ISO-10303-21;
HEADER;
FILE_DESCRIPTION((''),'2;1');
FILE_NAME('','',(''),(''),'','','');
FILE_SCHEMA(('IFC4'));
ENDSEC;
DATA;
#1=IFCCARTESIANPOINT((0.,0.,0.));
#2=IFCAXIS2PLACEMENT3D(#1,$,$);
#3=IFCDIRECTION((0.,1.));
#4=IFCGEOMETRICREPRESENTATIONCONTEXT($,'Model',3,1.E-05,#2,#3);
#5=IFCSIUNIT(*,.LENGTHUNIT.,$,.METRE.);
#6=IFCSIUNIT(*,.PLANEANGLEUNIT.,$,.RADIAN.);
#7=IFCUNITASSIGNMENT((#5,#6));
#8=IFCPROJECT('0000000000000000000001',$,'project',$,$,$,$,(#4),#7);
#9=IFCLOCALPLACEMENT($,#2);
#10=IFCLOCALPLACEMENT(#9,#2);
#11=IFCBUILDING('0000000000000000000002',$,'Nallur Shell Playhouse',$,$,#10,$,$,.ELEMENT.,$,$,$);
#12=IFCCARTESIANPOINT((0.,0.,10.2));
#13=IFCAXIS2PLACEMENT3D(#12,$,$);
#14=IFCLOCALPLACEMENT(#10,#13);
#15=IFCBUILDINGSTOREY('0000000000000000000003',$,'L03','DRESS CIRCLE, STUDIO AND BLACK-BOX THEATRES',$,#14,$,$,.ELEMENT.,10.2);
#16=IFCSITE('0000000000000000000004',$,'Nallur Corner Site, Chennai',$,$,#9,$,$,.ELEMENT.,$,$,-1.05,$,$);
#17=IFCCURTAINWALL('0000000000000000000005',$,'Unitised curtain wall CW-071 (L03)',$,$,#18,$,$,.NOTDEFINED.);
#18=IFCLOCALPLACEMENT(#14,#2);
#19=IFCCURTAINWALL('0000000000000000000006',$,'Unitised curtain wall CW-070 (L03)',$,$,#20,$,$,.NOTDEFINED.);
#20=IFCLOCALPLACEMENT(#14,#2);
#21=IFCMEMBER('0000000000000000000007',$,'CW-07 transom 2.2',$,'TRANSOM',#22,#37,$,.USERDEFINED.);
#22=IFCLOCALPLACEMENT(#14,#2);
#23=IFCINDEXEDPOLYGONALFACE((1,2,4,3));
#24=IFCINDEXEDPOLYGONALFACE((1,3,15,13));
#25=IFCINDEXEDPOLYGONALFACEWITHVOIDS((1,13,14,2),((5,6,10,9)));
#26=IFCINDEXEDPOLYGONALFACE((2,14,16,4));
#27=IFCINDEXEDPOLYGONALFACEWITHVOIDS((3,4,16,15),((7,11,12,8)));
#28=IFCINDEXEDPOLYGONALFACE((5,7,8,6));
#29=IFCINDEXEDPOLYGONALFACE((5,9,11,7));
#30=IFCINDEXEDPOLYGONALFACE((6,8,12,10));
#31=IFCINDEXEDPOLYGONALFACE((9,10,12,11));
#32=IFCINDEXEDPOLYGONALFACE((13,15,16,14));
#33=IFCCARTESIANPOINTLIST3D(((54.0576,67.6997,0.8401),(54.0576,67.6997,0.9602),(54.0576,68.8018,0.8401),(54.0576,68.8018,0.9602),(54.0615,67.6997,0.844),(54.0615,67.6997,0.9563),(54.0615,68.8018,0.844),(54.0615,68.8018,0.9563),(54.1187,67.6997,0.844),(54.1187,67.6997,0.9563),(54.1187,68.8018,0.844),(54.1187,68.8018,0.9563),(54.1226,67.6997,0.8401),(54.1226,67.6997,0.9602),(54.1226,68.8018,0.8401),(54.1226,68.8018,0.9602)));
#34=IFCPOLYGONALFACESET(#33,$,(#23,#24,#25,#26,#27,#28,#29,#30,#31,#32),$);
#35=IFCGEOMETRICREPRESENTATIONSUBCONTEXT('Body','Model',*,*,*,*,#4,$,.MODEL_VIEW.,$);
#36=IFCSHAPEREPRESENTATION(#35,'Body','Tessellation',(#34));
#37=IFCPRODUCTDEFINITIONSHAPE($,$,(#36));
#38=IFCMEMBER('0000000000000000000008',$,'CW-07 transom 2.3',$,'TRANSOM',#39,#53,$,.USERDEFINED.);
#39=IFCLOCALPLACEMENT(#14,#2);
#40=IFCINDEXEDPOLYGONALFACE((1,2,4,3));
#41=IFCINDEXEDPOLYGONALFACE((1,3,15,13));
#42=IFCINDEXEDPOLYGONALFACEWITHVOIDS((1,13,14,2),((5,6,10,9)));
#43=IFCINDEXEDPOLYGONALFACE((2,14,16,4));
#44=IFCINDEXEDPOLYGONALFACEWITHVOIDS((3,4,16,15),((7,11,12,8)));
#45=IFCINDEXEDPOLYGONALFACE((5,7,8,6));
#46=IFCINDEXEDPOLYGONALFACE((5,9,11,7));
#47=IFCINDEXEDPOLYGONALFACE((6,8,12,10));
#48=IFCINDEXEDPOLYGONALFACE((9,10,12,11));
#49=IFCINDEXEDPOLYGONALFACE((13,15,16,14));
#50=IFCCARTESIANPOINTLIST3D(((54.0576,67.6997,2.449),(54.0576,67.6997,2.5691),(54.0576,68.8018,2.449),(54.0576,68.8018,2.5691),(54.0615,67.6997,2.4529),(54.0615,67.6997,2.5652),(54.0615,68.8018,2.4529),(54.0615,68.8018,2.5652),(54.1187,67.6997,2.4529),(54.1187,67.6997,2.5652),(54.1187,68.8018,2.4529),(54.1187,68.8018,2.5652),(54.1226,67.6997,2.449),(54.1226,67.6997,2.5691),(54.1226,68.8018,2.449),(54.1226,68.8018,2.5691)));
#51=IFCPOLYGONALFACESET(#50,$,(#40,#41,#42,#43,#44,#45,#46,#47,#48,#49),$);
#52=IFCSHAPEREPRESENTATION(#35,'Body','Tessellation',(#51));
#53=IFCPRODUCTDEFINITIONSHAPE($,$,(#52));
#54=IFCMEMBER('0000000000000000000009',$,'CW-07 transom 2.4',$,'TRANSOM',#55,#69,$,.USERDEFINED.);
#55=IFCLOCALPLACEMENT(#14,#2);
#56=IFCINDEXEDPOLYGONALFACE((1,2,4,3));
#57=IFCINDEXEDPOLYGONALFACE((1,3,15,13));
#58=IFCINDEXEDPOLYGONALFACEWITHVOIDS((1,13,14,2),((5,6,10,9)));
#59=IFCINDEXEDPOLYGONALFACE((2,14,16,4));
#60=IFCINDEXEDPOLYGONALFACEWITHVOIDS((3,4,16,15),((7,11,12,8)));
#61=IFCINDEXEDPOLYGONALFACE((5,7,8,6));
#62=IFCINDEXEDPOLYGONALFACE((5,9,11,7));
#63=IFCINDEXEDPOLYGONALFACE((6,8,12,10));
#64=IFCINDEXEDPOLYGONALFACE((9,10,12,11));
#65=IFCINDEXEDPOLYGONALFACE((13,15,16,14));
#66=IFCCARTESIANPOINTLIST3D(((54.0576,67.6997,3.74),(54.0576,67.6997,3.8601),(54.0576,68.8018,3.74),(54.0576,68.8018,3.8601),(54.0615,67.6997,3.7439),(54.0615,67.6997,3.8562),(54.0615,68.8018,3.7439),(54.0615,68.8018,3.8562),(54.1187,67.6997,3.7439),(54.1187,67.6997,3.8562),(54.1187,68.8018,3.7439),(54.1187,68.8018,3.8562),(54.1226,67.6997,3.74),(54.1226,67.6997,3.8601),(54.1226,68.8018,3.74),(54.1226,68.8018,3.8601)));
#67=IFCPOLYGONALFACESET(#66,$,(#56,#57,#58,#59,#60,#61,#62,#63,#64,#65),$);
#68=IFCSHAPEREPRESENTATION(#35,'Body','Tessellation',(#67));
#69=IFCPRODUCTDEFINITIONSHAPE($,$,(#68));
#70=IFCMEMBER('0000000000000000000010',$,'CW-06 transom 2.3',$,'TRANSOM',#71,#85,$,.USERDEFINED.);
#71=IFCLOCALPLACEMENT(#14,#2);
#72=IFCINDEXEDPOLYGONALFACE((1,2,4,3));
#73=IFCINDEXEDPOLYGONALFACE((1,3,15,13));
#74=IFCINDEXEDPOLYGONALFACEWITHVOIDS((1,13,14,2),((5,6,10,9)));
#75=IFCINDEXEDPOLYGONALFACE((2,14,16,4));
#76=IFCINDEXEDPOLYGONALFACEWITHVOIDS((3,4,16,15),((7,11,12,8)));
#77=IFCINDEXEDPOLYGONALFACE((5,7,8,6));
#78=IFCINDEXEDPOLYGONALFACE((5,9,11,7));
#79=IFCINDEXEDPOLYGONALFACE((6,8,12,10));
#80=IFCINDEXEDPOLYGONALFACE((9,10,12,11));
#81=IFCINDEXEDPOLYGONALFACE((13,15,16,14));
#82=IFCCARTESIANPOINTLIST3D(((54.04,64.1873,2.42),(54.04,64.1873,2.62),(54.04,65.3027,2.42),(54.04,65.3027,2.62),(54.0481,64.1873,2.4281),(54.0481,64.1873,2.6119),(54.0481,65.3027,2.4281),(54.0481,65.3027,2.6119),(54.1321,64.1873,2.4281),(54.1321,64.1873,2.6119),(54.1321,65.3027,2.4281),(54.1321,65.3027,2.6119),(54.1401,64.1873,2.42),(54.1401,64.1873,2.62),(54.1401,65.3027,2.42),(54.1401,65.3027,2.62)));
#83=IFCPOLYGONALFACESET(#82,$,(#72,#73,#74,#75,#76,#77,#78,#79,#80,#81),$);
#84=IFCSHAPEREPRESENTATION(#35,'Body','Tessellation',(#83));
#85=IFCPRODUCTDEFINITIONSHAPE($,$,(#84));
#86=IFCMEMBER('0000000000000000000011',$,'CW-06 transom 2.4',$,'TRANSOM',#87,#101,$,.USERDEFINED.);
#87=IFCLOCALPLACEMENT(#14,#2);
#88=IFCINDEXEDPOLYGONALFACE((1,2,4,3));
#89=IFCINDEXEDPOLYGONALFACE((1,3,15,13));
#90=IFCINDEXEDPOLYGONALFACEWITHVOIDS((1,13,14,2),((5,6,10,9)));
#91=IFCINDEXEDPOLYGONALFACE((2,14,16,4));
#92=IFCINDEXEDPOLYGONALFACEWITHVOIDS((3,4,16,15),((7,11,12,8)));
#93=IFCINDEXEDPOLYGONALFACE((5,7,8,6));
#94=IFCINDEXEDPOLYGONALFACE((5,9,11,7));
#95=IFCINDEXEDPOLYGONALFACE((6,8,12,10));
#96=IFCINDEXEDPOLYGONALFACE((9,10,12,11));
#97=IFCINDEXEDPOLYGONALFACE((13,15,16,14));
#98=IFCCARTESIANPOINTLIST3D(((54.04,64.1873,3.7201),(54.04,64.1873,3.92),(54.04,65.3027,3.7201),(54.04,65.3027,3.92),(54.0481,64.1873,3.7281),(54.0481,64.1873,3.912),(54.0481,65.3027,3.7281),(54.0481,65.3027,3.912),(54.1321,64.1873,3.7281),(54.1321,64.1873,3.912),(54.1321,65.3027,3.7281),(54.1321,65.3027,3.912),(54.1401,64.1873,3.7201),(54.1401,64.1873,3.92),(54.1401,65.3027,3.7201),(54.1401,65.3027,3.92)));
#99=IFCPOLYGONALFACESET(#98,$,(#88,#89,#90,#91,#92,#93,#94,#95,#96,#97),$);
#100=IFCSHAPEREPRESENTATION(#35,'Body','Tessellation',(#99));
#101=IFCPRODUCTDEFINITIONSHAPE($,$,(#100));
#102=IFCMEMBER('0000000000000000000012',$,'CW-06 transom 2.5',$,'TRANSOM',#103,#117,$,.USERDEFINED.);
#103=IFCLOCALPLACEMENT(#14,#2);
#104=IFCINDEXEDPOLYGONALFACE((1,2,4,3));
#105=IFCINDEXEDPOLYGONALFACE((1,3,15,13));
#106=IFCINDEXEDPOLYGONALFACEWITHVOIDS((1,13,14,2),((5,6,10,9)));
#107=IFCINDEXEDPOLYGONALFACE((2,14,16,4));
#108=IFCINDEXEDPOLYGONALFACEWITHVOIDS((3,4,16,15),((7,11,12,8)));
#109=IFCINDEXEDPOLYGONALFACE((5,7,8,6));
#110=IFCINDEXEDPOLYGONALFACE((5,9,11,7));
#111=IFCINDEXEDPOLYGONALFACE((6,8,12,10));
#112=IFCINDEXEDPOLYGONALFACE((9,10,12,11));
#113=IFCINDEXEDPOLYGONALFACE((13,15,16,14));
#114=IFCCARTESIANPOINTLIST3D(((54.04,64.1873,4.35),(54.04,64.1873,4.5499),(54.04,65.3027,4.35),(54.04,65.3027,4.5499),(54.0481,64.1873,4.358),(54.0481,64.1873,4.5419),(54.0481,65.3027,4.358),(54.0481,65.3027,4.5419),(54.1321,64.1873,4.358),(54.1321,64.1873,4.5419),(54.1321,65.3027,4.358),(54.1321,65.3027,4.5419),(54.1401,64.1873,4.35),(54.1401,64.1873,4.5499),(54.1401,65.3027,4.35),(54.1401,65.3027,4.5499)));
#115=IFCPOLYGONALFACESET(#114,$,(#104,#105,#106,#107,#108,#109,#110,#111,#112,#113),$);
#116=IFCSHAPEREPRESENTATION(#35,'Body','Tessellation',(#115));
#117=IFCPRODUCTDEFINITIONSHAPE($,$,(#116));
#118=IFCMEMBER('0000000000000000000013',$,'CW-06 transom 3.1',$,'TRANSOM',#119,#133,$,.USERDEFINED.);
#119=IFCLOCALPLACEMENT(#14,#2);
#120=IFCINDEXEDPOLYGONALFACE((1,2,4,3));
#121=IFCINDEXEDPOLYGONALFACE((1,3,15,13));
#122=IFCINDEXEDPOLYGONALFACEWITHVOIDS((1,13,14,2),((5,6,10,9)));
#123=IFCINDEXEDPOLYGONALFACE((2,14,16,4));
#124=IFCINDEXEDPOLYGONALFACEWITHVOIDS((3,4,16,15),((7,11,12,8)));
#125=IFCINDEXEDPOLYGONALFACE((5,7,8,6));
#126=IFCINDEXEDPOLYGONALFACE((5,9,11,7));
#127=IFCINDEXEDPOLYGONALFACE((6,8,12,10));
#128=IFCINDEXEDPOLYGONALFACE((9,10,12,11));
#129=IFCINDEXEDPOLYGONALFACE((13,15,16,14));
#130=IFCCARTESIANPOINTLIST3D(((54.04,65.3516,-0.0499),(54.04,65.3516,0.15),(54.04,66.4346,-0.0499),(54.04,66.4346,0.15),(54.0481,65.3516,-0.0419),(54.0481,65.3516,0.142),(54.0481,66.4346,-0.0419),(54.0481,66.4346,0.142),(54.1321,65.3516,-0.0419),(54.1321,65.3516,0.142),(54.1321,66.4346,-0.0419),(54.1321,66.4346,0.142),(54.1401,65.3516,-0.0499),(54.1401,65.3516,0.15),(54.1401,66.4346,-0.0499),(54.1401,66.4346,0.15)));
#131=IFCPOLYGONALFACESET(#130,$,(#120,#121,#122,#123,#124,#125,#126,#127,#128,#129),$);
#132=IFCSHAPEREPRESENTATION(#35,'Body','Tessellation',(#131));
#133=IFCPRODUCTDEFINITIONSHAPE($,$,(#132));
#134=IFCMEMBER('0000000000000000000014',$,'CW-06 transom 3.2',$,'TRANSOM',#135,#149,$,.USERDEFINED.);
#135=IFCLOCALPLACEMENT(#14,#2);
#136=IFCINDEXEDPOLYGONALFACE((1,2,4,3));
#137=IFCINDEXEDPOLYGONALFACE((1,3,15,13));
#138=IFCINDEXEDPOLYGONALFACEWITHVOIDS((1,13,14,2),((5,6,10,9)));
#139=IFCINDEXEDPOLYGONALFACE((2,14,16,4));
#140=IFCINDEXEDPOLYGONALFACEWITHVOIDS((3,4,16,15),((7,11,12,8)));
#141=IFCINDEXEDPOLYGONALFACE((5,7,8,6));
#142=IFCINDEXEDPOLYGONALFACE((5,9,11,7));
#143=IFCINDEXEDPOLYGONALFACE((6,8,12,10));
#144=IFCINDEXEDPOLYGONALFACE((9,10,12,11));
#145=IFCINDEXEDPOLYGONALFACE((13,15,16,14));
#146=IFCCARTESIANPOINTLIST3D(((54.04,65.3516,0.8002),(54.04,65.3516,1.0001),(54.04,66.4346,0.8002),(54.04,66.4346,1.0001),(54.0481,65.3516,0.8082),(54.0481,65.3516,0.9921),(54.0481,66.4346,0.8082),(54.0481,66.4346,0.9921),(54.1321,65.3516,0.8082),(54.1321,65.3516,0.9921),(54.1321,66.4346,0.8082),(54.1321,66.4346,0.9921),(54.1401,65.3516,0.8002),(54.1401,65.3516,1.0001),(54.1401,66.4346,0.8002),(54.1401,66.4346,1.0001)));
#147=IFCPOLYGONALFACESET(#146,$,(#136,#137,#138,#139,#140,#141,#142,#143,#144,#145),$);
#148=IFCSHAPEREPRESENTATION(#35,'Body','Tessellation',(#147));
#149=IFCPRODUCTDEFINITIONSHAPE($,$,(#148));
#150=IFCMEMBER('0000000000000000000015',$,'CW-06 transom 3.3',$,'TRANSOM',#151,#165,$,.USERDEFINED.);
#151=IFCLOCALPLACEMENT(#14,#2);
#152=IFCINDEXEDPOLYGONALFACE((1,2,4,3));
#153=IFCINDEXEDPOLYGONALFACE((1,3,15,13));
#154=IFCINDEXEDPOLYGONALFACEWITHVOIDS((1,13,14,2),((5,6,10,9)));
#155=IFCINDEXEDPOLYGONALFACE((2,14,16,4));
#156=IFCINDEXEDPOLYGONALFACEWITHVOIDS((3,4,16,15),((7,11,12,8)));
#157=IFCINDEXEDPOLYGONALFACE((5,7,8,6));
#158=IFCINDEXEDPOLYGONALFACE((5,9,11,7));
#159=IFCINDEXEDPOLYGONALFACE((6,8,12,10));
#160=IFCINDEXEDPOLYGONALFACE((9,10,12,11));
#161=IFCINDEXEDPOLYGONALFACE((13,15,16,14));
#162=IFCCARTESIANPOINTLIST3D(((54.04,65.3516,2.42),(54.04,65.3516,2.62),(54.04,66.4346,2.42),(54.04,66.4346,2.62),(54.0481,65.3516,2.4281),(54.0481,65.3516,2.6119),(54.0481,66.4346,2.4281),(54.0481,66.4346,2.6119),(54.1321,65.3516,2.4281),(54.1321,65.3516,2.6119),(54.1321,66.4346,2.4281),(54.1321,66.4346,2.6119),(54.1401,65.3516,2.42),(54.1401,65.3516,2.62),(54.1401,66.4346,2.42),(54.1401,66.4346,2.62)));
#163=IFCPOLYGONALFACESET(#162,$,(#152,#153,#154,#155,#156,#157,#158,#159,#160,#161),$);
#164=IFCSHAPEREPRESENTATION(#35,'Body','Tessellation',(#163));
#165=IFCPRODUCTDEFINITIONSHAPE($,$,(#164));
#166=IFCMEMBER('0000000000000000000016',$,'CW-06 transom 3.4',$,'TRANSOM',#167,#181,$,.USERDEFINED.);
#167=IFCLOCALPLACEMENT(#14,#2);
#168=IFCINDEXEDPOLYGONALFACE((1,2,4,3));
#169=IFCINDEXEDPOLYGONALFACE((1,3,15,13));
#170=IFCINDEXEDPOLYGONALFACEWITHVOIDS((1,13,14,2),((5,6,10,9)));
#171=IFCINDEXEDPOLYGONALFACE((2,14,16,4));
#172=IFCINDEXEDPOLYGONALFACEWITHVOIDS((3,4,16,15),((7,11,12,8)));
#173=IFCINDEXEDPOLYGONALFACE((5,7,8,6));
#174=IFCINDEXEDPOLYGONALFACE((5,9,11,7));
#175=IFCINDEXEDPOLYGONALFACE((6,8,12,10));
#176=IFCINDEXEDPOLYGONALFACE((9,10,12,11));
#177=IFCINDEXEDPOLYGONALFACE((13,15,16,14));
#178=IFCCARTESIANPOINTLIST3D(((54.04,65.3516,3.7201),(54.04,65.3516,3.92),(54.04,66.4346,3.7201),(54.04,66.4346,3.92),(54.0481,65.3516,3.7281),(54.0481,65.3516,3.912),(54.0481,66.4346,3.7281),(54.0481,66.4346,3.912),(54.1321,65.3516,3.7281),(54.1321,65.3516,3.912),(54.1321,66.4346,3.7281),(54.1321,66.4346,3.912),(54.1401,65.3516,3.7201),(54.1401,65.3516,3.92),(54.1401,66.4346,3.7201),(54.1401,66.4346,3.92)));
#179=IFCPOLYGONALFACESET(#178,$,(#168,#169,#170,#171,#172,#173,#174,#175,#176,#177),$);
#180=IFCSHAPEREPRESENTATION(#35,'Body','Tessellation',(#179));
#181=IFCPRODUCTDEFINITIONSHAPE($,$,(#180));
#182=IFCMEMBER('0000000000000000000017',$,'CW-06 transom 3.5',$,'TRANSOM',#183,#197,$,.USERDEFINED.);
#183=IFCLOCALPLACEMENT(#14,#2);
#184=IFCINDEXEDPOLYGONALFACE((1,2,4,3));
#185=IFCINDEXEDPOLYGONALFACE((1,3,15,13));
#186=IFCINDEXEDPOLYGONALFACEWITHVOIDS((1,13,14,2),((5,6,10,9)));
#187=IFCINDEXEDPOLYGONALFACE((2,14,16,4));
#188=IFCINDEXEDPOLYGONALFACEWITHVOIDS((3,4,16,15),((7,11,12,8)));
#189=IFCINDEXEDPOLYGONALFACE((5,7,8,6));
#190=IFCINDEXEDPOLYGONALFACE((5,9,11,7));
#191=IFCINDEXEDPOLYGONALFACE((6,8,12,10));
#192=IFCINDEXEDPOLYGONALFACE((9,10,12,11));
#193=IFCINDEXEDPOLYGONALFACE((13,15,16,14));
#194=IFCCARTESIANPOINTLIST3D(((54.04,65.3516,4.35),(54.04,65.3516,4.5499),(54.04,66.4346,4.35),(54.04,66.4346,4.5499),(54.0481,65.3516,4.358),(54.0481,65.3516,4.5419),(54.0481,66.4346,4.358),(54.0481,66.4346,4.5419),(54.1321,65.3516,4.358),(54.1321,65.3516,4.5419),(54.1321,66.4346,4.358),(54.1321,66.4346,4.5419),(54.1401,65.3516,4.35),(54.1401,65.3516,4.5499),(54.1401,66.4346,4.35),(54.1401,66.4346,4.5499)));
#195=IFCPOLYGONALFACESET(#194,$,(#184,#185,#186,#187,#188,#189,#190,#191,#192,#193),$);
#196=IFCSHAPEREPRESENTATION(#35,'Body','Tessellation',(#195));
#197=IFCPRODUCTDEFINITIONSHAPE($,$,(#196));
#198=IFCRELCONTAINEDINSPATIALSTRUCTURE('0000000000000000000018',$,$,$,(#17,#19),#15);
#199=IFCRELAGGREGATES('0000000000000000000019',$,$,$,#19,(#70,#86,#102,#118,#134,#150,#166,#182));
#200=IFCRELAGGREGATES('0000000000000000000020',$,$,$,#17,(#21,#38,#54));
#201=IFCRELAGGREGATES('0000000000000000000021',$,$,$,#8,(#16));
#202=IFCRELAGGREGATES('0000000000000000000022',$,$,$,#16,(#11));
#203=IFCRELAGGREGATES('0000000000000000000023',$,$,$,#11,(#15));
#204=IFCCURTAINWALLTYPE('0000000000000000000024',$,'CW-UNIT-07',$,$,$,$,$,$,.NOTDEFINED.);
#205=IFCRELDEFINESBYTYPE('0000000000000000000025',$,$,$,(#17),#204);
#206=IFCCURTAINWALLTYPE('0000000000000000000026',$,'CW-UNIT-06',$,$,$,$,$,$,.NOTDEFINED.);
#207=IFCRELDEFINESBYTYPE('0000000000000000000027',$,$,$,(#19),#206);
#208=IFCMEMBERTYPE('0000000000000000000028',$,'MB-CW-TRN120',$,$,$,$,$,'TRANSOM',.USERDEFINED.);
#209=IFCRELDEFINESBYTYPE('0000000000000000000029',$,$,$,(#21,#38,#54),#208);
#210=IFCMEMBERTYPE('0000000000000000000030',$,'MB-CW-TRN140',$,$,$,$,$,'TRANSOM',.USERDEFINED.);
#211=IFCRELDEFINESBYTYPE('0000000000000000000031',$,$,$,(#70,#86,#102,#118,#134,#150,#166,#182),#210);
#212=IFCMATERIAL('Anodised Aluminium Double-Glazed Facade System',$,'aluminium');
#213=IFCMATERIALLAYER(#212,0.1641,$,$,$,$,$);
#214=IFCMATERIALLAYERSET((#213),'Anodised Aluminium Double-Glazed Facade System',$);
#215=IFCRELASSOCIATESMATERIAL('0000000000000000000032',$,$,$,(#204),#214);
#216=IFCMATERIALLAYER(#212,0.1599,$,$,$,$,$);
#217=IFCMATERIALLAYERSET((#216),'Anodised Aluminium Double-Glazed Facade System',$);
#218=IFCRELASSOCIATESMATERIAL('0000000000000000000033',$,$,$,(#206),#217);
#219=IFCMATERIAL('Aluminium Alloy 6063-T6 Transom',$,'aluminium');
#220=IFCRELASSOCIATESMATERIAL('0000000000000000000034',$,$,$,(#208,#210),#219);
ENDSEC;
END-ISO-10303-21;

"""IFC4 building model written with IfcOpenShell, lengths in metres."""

from ifc_helpers import new_model, si_unit, direction, frame, origin, origin_2d, place, context, subcontext, project, spatial, hollow_rectangle, extrude, material, layer, layer_set, material_profile, profile_set, type_object, element, aggregate, save


model = new_model("IFC4")

# Units and contexts
model_context = context("Model", 3, precision=1e-05, world=origin(), true_north=direction((0.0, 1.0)))
body_context = subcontext(model_context, "Body", "Model", "MODEL_VIEW")
ifc_project = project(units=[si_unit("LENGTHUNIT", "METRE"), si_unit("PLANEANGLEUNIT", "RADIAN")], contexts=[model_context])

# Site, building, storey
site_placement = place(None, origin())
site = spatial("IfcSite", under=ifc_project, at=site_placement, Name="Nallur Corner Site, Chennai", CompositionType="ELEMENT", RefElevation=-1.05)
building_placement = place(site_placement, origin())
building = spatial("IfcBuilding", under=site, at=building_placement, Name="Nallur Shell Playhouse", CompositionType="ELEMENT")
storey_placement = place(building_placement, frame((0.0, 0.0, 10.2)))
storey = spatial("IfcBuildingStorey", under=building, at=storey_placement, Name="L03", Description="DRESS CIRCLE, STUDIO AND BLACK-BOX THEATRES", CompositionType="ELEMENT", Elevation=10.2)

# Curtain walls
ifc_material_1 = material(Name="Anodised Aluminium Double-Glazed Facade System", Category="aluminium")
ifc_layer_1 = layer(ifc_material_1, 0.1641)
ifc_layer_set_1 = layer_set([ifc_layer_1], Name="Anodised Aluminium Double-Glazed Facade System")
curtain_wall_type_1 = type_object("IfcCurtainWallType", Name="CW-UNIT-07", PredefinedType="NOTDEFINED", material=ifc_layer_set_1)
curtain_wall_1_placement = place(storey_placement, origin())
curtain_wall_1 = element("IfcCurtainWall", 1, at=curtain_wall_1_placement, inside=storey, type_object=curtain_wall_type_1, Name="Unitised curtain wall CW-071 (L03)", PredefinedType="NOTDEFINED")
ifc_layer_2 = layer(ifc_material_1, 0.1599)
ifc_layer_set_2 = layer_set([ifc_layer_2], Name="Anodised Aluminium Double-Glazed Facade System")
curtain_wall_type_2 = type_object("IfcCurtainWallType", Name="CW-UNIT-06", PredefinedType="NOTDEFINED", material=ifc_layer_set_2)
curtain_wall_2_placement = place(storey_placement, origin())
curtain_wall_2 = element("IfcCurtainWall", 2, at=curtain_wall_2_placement, inside=storey, type_object=curtain_wall_type_2, Name="Unitised curtain wall CW-070 (L03)", PredefinedType="NOTDEFINED")

# Members
ifc_material_2 = material(Name="Aluminium Alloy 6063-T6 Transom", Category="aluminium")
ifc_material_profile_1 = material_profile(ifc_material_2, hollow_rectangle(XDim=0.0649, YDim=0.1201, WallThickness=0.0039, at=origin_2d()), Name="ALU 65x120x4")
ifc_profile_set_1 = profile_set([ifc_material_profile_1], Name="Aluminium Alloy 6063-T6 Transom")
member_type_1 = type_object("IfcMemberType", Name="MB-CW-TRN120", ElementType="TRANSOM", PredefinedType="USERDEFINED", material=ifc_profile_set_1)
member_1_placement = place(storey_placement, frame((54.0901, 67.6997, 0.9001), z_axis=(0.0, 1.0, 0.0), x_axis=(-1.0, 0.0, 0.0)))
member_1 = element("IfcMember", 3, at=member_1_placement, type_object=member_type_1, Name="CW-07 transom 2.2", ObjectType="TRANSOM", PredefinedType="USERDEFINED", context=body_context, shape_type="SweptSolid", body=[
    extrude(hollow_rectangle(XDim=0.0649, YDim=0.1201, WallThickness=0.0039, at=origin_2d()), origin(), (0.0, 0.0, 1.0), 1.1021),
])
member_2_placement = place(storey_placement, frame((54.0901, 67.6997, 2.509), z_axis=(0.0, 1.0, 0.0), x_axis=(-1.0, 0.0, 0.0)))
member_2 = element("IfcMember", 4, at=member_2_placement, type_object=member_type_1, Name="CW-07 transom 2.3", ObjectType="TRANSOM", PredefinedType="USERDEFINED", context=body_context, shape_type="SweptSolid", body=[
    extrude(hollow_rectangle(XDim=0.0649, YDim=0.1201, WallThickness=0.0039, at=origin_2d()), origin(), (0.0, 0.0, 1.0), 1.1021),
])
member_3_placement = place(storey_placement, frame((54.0901, 67.6997, 3.8), z_axis=(0.0, 1.0, 0.0), x_axis=(-1.0, 0.0, 0.0)))
member_3 = element("IfcMember", 5, at=member_3_placement, type_object=member_type_1, Name="CW-07 transom 2.4", ObjectType="TRANSOM", PredefinedType="USERDEFINED", context=body_context, shape_type="SweptSolid", body=[
    extrude(hollow_rectangle(XDim=0.0649, YDim=0.1201, WallThickness=0.0039, at=origin_2d()), origin(), (0.0, 0.0, 1.0), 1.1021),
])
ifc_material_profile_2 = material_profile(ifc_material_2, hollow_rectangle(XDim=0.1001, YDim=0.2, WallThickness=0.0081, at=origin_2d()), Name="RHS 200x100x8")
ifc_profile_set_2 = profile_set([ifc_material_profile_2], Name="Aluminium Alloy 6063-T6 Transom")
member_type_2 = type_object("IfcMemberType", Name="MB-CW-TRN140", ElementType="TRANSOM", PredefinedType="USERDEFINED", material=ifc_profile_set_2)
member_4_placement = place(storey_placement, frame((54.0901, 64.1873, 2.52), z_axis=(0.0, 1.0, 0.0), x_axis=(-1.0, 0.0, 0.0)))
member_4 = element("IfcMember", 6, at=member_4_placement, type_object=member_type_2, Name="CW-06 transom 2.3", ObjectType="TRANSOM", PredefinedType="USERDEFINED", context=body_context, shape_type="SweptSolid", body=[
    extrude(hollow_rectangle(XDim=0.1001, YDim=0.2, WallThickness=0.0081, at=origin_2d()), origin(), (0.0, 0.0, 1.0), 1.1155),
])
member_5_placement = place(storey_placement, frame((54.0901, 64.1873, 3.8201), z_axis=(0.0, 1.0, 0.0), x_axis=(-1.0, 0.0, 0.0)))
member_5 = element("IfcMember", 7, at=member_5_placement, type_object=member_type_2, Name="CW-06 transom 2.4", ObjectType="TRANSOM", PredefinedType="USERDEFINED", context=body_context, shape_type="SweptSolid", body=[
    extrude(hollow_rectangle(XDim=0.1001, YDim=0.2, WallThickness=0.0081, at=origin_2d()), origin(), (0.0, 0.0, 1.0), 1.1155),
])
member_6_placement = place(storey_placement, frame((54.0901, 64.1873, 4.45), z_axis=(0.0, 1.0, 0.0), x_axis=(-1.0, 0.0, 0.0)))
member_6 = element("IfcMember", 8, at=member_6_placement, type_object=member_type_2, Name="CW-06 transom 2.5", ObjectType="TRANSOM", PredefinedType="USERDEFINED", context=body_context, shape_type="SweptSolid", body=[
    extrude(hollow_rectangle(XDim=0.1001, YDim=0.2, WallThickness=0.0081, at=origin_2d()), origin(), (0.0, 0.0, 1.0), 1.1155),
])
member_7_placement = place(storey_placement, frame((54.0901, 65.3516, 0.05), z_axis=(0.0, 1.0, 0.0), x_axis=(-1.0, 0.0, 0.0)))
member_7 = element("IfcMember", 9, at=member_7_placement, type_object=member_type_2, Name="CW-06 transom 3.1", ObjectType="TRANSOM", PredefinedType="USERDEFINED", context=body_context, shape_type="SweptSolid", body=[
    extrude(hollow_rectangle(XDim=0.1001, YDim=0.2, WallThickness=0.0081, at=origin_2d()), origin(), (0.0, 0.0, 1.0), 1.083),
])
member_8_placement = place(storey_placement, frame((54.0901, 65.3516, 0.9001), z_axis=(0.0, 1.0, 0.0), x_axis=(-1.0, 0.0, 0.0)))
member_8 = element("IfcMember", 10, at=member_8_placement, type_object=member_type_2, Name="CW-06 transom 3.2", ObjectType="TRANSOM", PredefinedType="USERDEFINED", context=body_context, shape_type="SweptSolid", body=[
    extrude(hollow_rectangle(XDim=0.1001, YDim=0.2, WallThickness=0.0081, at=origin_2d()), origin(), (0.0, 0.0, 1.0), 1.083),
])
member_9_placement = place(storey_placement, frame((54.0901, 65.3516, 2.52), z_axis=(0.0, 1.0, 0.0), x_axis=(-1.0, 0.0, 0.0)))
member_9 = element("IfcMember", 11, at=member_9_placement, type_object=member_type_2, Name="CW-06 transom 3.3", ObjectType="TRANSOM", PredefinedType="USERDEFINED", context=body_context, shape_type="SweptSolid", body=[
    extrude(hollow_rectangle(XDim=0.1001, YDim=0.2, WallThickness=0.0081, at=origin_2d()), origin(), (0.0, 0.0, 1.0), 1.083),
])
member_10_placement = place(storey_placement, frame((54.0901, 65.3516, 3.8201), z_axis=(0.0, 1.0, 0.0), x_axis=(-1.0, 0.0, 0.0)))
member_10 = element("IfcMember", 12, at=member_10_placement, type_object=member_type_2, Name="CW-06 transom 3.4", ObjectType="TRANSOM", PredefinedType="USERDEFINED", context=body_context, shape_type="SweptSolid", body=[
    extrude(hollow_rectangle(XDim=0.1001, YDim=0.2, WallThickness=0.0081, at=origin_2d()), origin(), (0.0, 0.0, 1.0), 1.083),
])
member_11_placement = place(storey_placement, frame((54.0901, 65.3516, 4.45), z_axis=(0.0, 1.0, 0.0), x_axis=(-1.0, 0.0, 0.0)))
member_11 = element("IfcMember", 13, at=member_11_placement, type_object=member_type_2, Name="CW-06 transom 3.5", ObjectType="TRANSOM", PredefinedType="USERDEFINED", context=body_context, shape_type="SweptSolid", body=[
    extrude(hollow_rectangle(XDim=0.1001, YDim=0.2, WallThickness=0.0081, at=origin_2d()), origin(), (0.0, 0.0, 1.0), 1.083),
])

aggregate(curtain_wall_2, [member_4, member_5, member_6, member_7, member_8, member_9, member_10, member_11])
aggregate(curtain_wall_1, [member_1, member_2, member_3])

save(model, "model.ifc")
